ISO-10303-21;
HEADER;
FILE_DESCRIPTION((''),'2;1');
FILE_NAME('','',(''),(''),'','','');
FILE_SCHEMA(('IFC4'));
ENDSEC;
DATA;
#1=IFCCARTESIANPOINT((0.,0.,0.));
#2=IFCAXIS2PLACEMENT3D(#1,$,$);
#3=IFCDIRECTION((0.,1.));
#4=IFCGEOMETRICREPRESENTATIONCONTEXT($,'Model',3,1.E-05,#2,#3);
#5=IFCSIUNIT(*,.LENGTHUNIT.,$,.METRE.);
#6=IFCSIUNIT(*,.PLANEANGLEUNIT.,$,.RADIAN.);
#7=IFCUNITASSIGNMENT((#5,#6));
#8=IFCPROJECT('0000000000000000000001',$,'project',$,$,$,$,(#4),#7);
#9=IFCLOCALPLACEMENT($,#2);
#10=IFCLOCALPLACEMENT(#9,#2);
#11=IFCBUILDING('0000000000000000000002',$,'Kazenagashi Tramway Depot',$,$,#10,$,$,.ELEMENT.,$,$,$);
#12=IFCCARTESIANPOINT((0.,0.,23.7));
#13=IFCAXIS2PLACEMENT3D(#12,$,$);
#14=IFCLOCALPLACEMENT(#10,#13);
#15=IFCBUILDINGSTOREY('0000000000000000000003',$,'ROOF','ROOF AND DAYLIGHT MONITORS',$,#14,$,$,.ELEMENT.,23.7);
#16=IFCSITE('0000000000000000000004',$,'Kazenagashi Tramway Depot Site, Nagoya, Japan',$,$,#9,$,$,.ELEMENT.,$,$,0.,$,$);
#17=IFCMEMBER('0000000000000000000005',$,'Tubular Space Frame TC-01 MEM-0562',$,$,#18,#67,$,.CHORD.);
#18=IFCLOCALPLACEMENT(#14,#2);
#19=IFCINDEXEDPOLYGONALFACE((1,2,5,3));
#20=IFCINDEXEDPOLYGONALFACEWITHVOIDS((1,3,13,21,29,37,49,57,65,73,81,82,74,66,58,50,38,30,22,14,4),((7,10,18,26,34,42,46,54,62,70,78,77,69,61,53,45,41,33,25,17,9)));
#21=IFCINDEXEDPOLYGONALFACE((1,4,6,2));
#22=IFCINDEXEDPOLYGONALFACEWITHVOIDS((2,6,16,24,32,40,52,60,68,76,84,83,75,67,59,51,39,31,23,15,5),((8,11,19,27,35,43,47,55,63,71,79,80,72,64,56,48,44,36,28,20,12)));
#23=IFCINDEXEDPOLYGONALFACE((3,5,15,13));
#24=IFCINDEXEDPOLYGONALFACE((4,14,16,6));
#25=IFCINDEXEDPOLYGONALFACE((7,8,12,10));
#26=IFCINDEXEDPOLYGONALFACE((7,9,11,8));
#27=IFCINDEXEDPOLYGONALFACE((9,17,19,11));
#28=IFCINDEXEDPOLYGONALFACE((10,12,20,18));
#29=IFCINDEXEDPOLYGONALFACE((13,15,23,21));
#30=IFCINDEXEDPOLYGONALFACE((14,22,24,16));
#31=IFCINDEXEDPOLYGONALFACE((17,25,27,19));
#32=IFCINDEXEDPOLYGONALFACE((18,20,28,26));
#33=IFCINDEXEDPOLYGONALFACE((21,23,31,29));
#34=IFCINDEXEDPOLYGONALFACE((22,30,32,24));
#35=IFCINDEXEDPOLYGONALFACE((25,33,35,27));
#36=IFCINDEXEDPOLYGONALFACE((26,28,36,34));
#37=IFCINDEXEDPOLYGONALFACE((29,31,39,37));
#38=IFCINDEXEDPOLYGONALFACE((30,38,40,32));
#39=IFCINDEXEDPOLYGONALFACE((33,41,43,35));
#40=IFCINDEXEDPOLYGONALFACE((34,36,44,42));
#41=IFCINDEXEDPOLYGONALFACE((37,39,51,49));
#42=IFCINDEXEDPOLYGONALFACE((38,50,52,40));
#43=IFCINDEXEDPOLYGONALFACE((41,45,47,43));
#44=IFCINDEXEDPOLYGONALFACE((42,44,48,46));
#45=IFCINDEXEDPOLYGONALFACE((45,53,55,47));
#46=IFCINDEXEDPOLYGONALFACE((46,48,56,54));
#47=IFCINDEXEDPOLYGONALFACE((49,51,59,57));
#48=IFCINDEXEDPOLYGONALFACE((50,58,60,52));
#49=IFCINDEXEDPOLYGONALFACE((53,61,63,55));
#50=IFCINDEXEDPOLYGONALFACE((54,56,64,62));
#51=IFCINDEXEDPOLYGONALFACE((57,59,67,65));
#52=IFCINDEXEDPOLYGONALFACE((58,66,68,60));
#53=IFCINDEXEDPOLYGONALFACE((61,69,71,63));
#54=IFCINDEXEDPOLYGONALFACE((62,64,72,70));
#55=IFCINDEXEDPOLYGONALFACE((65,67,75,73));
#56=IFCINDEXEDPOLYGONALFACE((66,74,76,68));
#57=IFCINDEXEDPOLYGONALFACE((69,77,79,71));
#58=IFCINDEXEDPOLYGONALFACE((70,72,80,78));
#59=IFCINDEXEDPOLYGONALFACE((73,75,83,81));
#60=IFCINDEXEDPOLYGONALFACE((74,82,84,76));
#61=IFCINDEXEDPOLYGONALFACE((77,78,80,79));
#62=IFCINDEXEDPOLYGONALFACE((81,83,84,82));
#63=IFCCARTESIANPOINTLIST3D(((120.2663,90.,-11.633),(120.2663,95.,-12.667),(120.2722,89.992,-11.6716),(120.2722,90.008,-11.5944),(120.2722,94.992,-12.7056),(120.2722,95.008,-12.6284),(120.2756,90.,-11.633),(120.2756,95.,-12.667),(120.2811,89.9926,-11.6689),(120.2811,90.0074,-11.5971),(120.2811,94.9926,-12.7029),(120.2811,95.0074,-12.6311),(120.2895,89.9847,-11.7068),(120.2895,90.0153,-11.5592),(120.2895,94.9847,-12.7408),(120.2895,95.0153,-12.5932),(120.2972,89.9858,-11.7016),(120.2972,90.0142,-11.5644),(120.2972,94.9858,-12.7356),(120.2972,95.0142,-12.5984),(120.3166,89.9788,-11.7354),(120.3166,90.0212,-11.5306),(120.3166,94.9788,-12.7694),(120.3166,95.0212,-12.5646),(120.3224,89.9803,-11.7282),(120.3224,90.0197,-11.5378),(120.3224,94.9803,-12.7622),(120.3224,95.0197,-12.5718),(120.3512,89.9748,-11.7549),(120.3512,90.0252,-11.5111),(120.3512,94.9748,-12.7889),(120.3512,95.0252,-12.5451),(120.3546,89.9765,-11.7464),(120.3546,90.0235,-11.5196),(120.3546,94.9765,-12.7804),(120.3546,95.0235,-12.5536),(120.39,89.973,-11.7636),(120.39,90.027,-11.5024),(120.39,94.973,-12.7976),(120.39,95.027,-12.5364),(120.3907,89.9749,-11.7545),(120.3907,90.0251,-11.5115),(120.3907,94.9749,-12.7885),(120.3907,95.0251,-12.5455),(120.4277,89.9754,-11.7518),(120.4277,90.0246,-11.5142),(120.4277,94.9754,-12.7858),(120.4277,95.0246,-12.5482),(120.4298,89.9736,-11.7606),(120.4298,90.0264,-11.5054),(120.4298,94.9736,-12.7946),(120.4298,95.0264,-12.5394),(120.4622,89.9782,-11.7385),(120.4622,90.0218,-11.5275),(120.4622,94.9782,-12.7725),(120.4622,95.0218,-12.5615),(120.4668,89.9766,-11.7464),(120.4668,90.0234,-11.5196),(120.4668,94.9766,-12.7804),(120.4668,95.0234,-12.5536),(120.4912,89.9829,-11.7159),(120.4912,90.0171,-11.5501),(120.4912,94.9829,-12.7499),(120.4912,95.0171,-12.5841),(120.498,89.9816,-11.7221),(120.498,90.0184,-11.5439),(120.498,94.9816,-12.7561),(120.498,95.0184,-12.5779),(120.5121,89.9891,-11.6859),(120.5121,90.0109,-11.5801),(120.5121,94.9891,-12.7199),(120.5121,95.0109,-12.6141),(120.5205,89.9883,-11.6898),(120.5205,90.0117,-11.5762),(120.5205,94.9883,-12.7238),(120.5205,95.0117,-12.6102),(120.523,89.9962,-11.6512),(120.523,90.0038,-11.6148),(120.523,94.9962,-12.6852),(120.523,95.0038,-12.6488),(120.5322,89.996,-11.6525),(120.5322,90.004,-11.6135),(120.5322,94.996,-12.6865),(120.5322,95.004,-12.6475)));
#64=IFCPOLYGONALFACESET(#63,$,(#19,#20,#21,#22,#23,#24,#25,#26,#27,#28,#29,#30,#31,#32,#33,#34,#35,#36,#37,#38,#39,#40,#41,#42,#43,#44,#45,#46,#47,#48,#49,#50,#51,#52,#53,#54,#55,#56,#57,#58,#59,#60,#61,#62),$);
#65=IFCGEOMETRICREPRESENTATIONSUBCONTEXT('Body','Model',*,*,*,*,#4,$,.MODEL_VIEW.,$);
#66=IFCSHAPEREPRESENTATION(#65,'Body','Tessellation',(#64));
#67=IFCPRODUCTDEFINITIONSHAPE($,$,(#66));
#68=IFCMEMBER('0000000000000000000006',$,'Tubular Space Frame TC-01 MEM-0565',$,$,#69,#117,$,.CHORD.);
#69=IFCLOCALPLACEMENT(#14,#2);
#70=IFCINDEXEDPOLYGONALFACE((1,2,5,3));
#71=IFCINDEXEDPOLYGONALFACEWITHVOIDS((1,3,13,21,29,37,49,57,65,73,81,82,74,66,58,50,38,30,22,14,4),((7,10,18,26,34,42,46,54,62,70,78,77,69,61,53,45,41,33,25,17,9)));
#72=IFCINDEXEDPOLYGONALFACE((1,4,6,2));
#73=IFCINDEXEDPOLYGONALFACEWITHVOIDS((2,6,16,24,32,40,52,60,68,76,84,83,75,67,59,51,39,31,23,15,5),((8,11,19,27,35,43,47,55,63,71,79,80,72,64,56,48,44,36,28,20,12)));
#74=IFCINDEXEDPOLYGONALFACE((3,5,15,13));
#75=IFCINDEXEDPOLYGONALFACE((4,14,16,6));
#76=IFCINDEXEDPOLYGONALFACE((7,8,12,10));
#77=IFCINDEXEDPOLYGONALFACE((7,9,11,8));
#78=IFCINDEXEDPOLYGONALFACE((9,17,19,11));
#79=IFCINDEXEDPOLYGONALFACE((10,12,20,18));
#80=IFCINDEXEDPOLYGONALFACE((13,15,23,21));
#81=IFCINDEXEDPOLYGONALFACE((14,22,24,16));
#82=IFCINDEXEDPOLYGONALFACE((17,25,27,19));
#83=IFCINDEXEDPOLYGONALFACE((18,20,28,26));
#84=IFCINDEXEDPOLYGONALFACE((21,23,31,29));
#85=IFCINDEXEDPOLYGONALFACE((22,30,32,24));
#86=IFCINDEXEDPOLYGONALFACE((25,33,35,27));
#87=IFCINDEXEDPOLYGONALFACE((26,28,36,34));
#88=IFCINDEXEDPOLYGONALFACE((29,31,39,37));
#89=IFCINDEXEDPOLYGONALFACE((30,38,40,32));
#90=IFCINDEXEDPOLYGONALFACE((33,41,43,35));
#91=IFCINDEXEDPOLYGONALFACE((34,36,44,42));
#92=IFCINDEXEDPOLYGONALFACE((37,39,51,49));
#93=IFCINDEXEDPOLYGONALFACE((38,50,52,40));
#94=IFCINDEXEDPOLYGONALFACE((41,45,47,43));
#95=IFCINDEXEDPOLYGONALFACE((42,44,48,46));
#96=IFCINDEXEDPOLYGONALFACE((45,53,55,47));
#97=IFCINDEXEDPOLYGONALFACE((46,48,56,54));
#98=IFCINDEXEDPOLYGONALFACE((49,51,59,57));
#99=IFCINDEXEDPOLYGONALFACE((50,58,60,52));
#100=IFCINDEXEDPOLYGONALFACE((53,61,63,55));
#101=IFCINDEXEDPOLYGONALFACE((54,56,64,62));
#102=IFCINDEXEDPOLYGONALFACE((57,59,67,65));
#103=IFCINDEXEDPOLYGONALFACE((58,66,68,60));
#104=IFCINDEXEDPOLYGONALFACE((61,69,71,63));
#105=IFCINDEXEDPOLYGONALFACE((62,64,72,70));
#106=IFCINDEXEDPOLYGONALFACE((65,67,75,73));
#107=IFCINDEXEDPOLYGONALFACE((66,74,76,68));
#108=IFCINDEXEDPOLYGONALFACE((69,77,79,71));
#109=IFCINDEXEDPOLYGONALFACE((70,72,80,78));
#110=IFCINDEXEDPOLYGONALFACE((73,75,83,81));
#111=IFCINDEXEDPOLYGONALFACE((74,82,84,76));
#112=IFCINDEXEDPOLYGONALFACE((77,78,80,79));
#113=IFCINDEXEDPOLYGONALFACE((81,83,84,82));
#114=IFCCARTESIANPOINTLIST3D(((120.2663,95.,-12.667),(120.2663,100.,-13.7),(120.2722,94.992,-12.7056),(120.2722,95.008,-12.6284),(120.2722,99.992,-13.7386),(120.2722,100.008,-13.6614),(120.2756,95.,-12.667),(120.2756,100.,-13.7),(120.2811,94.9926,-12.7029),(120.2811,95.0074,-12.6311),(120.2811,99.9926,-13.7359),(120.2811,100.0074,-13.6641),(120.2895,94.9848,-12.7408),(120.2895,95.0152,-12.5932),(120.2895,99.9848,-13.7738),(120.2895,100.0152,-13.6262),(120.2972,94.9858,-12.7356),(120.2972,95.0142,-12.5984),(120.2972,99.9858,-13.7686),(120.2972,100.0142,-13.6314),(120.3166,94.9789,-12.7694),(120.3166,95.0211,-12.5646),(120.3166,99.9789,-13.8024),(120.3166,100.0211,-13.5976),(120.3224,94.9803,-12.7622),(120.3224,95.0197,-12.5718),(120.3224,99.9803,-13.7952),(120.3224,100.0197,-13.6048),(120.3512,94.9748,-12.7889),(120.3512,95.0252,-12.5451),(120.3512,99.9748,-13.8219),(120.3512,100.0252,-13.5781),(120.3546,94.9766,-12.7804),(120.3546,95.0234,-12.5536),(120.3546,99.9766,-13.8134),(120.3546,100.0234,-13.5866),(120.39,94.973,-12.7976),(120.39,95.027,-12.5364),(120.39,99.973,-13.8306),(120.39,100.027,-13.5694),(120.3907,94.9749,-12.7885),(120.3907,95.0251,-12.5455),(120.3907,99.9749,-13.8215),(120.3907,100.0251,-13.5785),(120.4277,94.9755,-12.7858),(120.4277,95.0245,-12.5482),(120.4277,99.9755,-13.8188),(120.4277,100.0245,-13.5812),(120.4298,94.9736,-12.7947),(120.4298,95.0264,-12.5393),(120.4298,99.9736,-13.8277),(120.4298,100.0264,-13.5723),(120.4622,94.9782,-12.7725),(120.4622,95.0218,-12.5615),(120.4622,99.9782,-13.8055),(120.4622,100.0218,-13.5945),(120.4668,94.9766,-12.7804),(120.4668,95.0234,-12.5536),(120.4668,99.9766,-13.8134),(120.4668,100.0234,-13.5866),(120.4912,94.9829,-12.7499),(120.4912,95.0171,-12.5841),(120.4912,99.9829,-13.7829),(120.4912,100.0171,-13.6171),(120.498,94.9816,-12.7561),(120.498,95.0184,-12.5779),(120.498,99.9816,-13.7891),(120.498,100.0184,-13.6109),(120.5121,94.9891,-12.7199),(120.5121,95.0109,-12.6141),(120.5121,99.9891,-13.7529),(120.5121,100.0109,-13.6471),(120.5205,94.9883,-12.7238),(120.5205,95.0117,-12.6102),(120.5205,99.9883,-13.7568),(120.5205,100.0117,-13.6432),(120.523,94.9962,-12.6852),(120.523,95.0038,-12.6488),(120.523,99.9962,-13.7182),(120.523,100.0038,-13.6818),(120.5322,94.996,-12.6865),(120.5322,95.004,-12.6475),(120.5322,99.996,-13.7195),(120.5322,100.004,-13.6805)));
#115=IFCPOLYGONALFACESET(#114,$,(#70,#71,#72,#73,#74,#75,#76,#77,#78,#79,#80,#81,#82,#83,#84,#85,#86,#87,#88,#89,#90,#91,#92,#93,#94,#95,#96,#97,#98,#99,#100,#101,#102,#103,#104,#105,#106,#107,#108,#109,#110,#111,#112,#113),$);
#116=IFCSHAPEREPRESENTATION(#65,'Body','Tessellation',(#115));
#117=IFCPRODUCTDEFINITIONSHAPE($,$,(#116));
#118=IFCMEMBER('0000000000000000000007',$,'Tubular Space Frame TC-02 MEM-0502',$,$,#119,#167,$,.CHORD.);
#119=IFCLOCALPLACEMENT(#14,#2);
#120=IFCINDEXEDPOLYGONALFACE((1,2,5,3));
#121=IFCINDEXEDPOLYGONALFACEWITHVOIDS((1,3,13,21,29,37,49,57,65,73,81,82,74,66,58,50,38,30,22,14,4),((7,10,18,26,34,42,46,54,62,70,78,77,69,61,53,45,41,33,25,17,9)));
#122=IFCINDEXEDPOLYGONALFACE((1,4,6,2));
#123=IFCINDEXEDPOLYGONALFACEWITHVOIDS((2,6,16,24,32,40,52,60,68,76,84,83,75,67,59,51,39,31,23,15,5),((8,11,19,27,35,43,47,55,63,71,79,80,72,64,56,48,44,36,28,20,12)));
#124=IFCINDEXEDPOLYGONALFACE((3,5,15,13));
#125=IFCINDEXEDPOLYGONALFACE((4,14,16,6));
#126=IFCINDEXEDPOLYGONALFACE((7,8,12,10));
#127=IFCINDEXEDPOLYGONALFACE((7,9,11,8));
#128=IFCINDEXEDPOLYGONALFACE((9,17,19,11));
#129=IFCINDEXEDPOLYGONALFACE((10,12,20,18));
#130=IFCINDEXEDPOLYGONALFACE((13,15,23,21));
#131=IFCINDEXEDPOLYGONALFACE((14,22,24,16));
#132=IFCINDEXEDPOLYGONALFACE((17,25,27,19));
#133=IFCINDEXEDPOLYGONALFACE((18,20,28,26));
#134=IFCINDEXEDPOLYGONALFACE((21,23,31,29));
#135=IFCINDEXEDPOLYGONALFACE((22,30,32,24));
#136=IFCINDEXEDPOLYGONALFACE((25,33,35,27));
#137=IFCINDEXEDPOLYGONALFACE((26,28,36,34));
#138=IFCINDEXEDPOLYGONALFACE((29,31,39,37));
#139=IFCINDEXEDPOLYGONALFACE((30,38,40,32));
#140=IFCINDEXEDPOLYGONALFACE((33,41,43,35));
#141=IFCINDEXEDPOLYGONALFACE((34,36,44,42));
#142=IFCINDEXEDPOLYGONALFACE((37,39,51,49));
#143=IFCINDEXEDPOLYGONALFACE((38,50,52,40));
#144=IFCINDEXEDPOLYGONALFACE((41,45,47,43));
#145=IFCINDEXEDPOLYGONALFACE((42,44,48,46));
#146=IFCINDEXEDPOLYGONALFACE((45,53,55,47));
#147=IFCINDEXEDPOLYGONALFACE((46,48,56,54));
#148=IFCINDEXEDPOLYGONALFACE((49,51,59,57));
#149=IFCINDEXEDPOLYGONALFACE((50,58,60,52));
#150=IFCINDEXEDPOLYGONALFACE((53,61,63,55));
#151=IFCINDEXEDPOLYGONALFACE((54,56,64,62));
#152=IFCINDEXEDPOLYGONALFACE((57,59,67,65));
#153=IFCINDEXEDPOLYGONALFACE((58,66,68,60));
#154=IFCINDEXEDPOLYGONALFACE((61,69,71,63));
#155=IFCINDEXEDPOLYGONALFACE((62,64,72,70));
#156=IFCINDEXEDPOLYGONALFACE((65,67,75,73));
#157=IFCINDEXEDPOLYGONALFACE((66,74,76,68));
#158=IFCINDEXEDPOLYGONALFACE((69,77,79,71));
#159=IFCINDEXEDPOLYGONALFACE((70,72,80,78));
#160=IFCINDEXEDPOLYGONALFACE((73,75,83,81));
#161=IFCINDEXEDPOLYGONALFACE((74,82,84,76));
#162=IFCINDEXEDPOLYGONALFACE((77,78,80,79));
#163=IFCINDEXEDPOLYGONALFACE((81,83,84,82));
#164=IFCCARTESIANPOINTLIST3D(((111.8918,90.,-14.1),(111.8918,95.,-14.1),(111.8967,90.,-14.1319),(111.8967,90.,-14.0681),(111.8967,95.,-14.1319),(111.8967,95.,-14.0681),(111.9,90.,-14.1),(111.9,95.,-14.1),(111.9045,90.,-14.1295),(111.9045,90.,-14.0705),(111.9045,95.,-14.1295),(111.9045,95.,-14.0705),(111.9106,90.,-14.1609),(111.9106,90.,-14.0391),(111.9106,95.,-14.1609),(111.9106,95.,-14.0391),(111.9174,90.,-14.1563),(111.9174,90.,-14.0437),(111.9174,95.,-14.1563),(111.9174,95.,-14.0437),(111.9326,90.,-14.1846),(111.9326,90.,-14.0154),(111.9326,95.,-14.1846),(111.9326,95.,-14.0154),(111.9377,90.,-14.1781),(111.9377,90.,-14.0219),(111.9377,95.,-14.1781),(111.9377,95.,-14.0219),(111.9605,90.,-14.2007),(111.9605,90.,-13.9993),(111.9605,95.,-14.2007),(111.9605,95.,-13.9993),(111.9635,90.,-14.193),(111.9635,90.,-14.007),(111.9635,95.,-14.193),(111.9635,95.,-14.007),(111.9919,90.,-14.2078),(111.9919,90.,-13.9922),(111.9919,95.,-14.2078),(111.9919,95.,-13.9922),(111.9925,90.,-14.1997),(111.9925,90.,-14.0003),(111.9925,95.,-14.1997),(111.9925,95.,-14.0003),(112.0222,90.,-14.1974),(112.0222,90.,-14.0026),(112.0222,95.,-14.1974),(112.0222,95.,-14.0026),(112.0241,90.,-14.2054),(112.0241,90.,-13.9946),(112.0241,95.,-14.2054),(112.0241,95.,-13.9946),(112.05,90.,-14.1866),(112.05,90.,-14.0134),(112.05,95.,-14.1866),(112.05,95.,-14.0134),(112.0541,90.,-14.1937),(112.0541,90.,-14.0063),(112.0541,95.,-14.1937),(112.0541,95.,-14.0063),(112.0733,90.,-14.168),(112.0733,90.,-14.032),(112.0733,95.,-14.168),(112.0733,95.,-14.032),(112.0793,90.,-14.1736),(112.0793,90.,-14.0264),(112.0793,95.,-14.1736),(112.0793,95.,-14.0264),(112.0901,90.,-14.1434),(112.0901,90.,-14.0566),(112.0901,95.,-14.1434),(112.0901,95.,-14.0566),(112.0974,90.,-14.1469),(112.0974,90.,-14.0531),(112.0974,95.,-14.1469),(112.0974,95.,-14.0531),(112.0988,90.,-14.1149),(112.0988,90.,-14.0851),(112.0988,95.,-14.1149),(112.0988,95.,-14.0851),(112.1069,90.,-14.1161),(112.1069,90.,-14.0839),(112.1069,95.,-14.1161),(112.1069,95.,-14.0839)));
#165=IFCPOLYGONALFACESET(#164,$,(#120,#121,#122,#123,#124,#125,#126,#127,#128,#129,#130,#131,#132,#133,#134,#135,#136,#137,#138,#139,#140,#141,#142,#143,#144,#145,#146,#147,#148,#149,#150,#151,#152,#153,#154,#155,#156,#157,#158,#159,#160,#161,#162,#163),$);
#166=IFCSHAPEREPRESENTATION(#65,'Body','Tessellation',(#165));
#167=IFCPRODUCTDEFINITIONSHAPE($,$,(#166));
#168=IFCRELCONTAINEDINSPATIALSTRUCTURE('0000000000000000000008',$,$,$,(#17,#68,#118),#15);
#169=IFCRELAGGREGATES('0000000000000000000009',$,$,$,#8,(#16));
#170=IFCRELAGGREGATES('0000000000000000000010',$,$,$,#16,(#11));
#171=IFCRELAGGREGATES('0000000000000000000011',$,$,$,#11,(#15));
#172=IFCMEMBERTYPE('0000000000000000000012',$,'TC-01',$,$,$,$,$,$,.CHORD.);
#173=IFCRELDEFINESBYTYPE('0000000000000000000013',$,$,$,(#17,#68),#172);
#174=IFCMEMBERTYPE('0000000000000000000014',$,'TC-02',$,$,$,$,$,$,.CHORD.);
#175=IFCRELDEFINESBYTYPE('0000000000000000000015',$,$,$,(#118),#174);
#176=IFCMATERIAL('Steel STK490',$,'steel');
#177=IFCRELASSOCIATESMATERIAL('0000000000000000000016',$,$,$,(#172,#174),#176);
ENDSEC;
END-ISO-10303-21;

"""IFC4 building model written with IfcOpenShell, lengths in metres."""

from ifc_helpers import new_model, si_unit, direction, frame, origin, origin_2d, place, context, subcontext, project, spatial, hollow_circle, extrude, material, material_profile, profile_set, type_object, element, save


model = new_model("IFC4")

# Units and contexts
model_context = context("Model", 3, precision=1e-05, world=origin(), true_north=direction((0.0, 1.0)))
body_context = subcontext(model_context, "Body", "Model", "MODEL_VIEW")
ifc_project = project(units=[si_unit("LENGTHUNIT", "METRE"), si_unit("PLANEANGLEUNIT", "RADIAN")], contexts=[model_context])

# Site, building, storey
site_placement = place(None, origin())
site = spatial("IfcSite", under=ifc_project, at=site_placement, Name="Kazenagashi Tramway Depot Site, Nagoya, Japan", CompositionType="ELEMENT", RefElevation=0.0)
building_placement = place(site_placement, origin())
building = spatial("IfcBuilding", under=site, at=building_placement, Name="Kazenagashi Tramway Depot", CompositionType="ELEMENT")
storey_placement = place(building_placement, frame((0.0, 0.0, 23.7)))
storey = spatial("IfcBuildingStorey", under=building, at=storey_placement, Name="ROOF", Description="ROOF AND DAYLIGHT MONITORS", CompositionType="ELEMENT", Elevation=23.7)

# Members
ifc_material_1 = material(Name="Steel STK490", Category="steel")
ifc_material_profile_1 = material_profile(ifc_material_1, hollow_circle(Radius=0.1337, WallThickness=0.0093, at=origin_2d()), Name="CHS-267.4x9.3")
ifc_profile_set_1 = profile_set([ifc_material_profile_1], Name="Steel STK490")
member_type_1 = type_object("IfcMemberType", Name="TC-01", PredefinedType="CHORD", material=ifc_profile_set_1)
for number, where, z_axis, x_axis, name in (
    (1, (120.4, 90.0, -11.633), (0.0, 0.979279, -0.202515), (-1.0, 0.0, 0.0), "Tubular Space Frame TC-01 MEM-0562"),
):
    element("IfcMember", number, at=place(storey_placement, frame(where, z_axis=z_axis, x_axis=x_axis)), inside=storey, type_object=member_type_1, Name=name, PredefinedType="CHORD", context=body_context, shape_type="SweptSolid", body=[
        extrude(hollow_circle(Radius=0.1337, WallThickness=0.0093, at=origin_2d()), origin(), (0.0, 0.0, 1.0), 5.1058),
    ])
member_1_placement = place(storey_placement, frame((120.4, 95.0, -12.667), z_axis=(0.0, 0.979318, -0.202327), x_axis=(-1.0, 0.0, 0.0)))
element("IfcMember", 2, at=member_1_placement, inside=storey, type_object=member_type_1, Name="Tubular Space Frame TC-01 MEM-0565", PredefinedType="CHORD", context=body_context, shape_type="SweptSolid", body=[
    extrude(hollow_circle(Radius=0.1337, WallThickness=0.0093, at=origin_2d()), origin(), (0.0, 0.0, 1.0), 5.1056),
])
ifc_material_profile_2 = material_profile(ifc_material_1, hollow_circle(Radius=0.1081, WallThickness=0.0082, at=origin_2d()), Name="CHS-216.3x8.2")
ifc_profile_set_2 = profile_set([ifc_material_profile_2], Name="Steel STK490")
member_type_2 = type_object("IfcMemberType", Name="TC-02", PredefinedType="CHORD", material=ifc_profile_set_2)
for number, where, z_axis, x_axis, name in (
    (3, (112.0, 90.0, -14.1), (0.0, 1.0, 0.0), (-1.0, 0.0, 0.0), "Tubular Space Frame TC-02 MEM-0502"),
):
    element("IfcMember", number, at=place(storey_placement, frame(where, z_axis=z_axis, x_axis=x_axis)), inside=storey, type_object=member_type_2, Name=name, PredefinedType="CHORD", context=body_context, shape_type="SweptSolid", body=[
        extrude(hollow_circle(Radius=0.1081, WallThickness=0.0082, at=origin_2d()), origin(), (0.0, 0.0, 1.0), 5.0),
    ])

save(model, "model.ifc")
